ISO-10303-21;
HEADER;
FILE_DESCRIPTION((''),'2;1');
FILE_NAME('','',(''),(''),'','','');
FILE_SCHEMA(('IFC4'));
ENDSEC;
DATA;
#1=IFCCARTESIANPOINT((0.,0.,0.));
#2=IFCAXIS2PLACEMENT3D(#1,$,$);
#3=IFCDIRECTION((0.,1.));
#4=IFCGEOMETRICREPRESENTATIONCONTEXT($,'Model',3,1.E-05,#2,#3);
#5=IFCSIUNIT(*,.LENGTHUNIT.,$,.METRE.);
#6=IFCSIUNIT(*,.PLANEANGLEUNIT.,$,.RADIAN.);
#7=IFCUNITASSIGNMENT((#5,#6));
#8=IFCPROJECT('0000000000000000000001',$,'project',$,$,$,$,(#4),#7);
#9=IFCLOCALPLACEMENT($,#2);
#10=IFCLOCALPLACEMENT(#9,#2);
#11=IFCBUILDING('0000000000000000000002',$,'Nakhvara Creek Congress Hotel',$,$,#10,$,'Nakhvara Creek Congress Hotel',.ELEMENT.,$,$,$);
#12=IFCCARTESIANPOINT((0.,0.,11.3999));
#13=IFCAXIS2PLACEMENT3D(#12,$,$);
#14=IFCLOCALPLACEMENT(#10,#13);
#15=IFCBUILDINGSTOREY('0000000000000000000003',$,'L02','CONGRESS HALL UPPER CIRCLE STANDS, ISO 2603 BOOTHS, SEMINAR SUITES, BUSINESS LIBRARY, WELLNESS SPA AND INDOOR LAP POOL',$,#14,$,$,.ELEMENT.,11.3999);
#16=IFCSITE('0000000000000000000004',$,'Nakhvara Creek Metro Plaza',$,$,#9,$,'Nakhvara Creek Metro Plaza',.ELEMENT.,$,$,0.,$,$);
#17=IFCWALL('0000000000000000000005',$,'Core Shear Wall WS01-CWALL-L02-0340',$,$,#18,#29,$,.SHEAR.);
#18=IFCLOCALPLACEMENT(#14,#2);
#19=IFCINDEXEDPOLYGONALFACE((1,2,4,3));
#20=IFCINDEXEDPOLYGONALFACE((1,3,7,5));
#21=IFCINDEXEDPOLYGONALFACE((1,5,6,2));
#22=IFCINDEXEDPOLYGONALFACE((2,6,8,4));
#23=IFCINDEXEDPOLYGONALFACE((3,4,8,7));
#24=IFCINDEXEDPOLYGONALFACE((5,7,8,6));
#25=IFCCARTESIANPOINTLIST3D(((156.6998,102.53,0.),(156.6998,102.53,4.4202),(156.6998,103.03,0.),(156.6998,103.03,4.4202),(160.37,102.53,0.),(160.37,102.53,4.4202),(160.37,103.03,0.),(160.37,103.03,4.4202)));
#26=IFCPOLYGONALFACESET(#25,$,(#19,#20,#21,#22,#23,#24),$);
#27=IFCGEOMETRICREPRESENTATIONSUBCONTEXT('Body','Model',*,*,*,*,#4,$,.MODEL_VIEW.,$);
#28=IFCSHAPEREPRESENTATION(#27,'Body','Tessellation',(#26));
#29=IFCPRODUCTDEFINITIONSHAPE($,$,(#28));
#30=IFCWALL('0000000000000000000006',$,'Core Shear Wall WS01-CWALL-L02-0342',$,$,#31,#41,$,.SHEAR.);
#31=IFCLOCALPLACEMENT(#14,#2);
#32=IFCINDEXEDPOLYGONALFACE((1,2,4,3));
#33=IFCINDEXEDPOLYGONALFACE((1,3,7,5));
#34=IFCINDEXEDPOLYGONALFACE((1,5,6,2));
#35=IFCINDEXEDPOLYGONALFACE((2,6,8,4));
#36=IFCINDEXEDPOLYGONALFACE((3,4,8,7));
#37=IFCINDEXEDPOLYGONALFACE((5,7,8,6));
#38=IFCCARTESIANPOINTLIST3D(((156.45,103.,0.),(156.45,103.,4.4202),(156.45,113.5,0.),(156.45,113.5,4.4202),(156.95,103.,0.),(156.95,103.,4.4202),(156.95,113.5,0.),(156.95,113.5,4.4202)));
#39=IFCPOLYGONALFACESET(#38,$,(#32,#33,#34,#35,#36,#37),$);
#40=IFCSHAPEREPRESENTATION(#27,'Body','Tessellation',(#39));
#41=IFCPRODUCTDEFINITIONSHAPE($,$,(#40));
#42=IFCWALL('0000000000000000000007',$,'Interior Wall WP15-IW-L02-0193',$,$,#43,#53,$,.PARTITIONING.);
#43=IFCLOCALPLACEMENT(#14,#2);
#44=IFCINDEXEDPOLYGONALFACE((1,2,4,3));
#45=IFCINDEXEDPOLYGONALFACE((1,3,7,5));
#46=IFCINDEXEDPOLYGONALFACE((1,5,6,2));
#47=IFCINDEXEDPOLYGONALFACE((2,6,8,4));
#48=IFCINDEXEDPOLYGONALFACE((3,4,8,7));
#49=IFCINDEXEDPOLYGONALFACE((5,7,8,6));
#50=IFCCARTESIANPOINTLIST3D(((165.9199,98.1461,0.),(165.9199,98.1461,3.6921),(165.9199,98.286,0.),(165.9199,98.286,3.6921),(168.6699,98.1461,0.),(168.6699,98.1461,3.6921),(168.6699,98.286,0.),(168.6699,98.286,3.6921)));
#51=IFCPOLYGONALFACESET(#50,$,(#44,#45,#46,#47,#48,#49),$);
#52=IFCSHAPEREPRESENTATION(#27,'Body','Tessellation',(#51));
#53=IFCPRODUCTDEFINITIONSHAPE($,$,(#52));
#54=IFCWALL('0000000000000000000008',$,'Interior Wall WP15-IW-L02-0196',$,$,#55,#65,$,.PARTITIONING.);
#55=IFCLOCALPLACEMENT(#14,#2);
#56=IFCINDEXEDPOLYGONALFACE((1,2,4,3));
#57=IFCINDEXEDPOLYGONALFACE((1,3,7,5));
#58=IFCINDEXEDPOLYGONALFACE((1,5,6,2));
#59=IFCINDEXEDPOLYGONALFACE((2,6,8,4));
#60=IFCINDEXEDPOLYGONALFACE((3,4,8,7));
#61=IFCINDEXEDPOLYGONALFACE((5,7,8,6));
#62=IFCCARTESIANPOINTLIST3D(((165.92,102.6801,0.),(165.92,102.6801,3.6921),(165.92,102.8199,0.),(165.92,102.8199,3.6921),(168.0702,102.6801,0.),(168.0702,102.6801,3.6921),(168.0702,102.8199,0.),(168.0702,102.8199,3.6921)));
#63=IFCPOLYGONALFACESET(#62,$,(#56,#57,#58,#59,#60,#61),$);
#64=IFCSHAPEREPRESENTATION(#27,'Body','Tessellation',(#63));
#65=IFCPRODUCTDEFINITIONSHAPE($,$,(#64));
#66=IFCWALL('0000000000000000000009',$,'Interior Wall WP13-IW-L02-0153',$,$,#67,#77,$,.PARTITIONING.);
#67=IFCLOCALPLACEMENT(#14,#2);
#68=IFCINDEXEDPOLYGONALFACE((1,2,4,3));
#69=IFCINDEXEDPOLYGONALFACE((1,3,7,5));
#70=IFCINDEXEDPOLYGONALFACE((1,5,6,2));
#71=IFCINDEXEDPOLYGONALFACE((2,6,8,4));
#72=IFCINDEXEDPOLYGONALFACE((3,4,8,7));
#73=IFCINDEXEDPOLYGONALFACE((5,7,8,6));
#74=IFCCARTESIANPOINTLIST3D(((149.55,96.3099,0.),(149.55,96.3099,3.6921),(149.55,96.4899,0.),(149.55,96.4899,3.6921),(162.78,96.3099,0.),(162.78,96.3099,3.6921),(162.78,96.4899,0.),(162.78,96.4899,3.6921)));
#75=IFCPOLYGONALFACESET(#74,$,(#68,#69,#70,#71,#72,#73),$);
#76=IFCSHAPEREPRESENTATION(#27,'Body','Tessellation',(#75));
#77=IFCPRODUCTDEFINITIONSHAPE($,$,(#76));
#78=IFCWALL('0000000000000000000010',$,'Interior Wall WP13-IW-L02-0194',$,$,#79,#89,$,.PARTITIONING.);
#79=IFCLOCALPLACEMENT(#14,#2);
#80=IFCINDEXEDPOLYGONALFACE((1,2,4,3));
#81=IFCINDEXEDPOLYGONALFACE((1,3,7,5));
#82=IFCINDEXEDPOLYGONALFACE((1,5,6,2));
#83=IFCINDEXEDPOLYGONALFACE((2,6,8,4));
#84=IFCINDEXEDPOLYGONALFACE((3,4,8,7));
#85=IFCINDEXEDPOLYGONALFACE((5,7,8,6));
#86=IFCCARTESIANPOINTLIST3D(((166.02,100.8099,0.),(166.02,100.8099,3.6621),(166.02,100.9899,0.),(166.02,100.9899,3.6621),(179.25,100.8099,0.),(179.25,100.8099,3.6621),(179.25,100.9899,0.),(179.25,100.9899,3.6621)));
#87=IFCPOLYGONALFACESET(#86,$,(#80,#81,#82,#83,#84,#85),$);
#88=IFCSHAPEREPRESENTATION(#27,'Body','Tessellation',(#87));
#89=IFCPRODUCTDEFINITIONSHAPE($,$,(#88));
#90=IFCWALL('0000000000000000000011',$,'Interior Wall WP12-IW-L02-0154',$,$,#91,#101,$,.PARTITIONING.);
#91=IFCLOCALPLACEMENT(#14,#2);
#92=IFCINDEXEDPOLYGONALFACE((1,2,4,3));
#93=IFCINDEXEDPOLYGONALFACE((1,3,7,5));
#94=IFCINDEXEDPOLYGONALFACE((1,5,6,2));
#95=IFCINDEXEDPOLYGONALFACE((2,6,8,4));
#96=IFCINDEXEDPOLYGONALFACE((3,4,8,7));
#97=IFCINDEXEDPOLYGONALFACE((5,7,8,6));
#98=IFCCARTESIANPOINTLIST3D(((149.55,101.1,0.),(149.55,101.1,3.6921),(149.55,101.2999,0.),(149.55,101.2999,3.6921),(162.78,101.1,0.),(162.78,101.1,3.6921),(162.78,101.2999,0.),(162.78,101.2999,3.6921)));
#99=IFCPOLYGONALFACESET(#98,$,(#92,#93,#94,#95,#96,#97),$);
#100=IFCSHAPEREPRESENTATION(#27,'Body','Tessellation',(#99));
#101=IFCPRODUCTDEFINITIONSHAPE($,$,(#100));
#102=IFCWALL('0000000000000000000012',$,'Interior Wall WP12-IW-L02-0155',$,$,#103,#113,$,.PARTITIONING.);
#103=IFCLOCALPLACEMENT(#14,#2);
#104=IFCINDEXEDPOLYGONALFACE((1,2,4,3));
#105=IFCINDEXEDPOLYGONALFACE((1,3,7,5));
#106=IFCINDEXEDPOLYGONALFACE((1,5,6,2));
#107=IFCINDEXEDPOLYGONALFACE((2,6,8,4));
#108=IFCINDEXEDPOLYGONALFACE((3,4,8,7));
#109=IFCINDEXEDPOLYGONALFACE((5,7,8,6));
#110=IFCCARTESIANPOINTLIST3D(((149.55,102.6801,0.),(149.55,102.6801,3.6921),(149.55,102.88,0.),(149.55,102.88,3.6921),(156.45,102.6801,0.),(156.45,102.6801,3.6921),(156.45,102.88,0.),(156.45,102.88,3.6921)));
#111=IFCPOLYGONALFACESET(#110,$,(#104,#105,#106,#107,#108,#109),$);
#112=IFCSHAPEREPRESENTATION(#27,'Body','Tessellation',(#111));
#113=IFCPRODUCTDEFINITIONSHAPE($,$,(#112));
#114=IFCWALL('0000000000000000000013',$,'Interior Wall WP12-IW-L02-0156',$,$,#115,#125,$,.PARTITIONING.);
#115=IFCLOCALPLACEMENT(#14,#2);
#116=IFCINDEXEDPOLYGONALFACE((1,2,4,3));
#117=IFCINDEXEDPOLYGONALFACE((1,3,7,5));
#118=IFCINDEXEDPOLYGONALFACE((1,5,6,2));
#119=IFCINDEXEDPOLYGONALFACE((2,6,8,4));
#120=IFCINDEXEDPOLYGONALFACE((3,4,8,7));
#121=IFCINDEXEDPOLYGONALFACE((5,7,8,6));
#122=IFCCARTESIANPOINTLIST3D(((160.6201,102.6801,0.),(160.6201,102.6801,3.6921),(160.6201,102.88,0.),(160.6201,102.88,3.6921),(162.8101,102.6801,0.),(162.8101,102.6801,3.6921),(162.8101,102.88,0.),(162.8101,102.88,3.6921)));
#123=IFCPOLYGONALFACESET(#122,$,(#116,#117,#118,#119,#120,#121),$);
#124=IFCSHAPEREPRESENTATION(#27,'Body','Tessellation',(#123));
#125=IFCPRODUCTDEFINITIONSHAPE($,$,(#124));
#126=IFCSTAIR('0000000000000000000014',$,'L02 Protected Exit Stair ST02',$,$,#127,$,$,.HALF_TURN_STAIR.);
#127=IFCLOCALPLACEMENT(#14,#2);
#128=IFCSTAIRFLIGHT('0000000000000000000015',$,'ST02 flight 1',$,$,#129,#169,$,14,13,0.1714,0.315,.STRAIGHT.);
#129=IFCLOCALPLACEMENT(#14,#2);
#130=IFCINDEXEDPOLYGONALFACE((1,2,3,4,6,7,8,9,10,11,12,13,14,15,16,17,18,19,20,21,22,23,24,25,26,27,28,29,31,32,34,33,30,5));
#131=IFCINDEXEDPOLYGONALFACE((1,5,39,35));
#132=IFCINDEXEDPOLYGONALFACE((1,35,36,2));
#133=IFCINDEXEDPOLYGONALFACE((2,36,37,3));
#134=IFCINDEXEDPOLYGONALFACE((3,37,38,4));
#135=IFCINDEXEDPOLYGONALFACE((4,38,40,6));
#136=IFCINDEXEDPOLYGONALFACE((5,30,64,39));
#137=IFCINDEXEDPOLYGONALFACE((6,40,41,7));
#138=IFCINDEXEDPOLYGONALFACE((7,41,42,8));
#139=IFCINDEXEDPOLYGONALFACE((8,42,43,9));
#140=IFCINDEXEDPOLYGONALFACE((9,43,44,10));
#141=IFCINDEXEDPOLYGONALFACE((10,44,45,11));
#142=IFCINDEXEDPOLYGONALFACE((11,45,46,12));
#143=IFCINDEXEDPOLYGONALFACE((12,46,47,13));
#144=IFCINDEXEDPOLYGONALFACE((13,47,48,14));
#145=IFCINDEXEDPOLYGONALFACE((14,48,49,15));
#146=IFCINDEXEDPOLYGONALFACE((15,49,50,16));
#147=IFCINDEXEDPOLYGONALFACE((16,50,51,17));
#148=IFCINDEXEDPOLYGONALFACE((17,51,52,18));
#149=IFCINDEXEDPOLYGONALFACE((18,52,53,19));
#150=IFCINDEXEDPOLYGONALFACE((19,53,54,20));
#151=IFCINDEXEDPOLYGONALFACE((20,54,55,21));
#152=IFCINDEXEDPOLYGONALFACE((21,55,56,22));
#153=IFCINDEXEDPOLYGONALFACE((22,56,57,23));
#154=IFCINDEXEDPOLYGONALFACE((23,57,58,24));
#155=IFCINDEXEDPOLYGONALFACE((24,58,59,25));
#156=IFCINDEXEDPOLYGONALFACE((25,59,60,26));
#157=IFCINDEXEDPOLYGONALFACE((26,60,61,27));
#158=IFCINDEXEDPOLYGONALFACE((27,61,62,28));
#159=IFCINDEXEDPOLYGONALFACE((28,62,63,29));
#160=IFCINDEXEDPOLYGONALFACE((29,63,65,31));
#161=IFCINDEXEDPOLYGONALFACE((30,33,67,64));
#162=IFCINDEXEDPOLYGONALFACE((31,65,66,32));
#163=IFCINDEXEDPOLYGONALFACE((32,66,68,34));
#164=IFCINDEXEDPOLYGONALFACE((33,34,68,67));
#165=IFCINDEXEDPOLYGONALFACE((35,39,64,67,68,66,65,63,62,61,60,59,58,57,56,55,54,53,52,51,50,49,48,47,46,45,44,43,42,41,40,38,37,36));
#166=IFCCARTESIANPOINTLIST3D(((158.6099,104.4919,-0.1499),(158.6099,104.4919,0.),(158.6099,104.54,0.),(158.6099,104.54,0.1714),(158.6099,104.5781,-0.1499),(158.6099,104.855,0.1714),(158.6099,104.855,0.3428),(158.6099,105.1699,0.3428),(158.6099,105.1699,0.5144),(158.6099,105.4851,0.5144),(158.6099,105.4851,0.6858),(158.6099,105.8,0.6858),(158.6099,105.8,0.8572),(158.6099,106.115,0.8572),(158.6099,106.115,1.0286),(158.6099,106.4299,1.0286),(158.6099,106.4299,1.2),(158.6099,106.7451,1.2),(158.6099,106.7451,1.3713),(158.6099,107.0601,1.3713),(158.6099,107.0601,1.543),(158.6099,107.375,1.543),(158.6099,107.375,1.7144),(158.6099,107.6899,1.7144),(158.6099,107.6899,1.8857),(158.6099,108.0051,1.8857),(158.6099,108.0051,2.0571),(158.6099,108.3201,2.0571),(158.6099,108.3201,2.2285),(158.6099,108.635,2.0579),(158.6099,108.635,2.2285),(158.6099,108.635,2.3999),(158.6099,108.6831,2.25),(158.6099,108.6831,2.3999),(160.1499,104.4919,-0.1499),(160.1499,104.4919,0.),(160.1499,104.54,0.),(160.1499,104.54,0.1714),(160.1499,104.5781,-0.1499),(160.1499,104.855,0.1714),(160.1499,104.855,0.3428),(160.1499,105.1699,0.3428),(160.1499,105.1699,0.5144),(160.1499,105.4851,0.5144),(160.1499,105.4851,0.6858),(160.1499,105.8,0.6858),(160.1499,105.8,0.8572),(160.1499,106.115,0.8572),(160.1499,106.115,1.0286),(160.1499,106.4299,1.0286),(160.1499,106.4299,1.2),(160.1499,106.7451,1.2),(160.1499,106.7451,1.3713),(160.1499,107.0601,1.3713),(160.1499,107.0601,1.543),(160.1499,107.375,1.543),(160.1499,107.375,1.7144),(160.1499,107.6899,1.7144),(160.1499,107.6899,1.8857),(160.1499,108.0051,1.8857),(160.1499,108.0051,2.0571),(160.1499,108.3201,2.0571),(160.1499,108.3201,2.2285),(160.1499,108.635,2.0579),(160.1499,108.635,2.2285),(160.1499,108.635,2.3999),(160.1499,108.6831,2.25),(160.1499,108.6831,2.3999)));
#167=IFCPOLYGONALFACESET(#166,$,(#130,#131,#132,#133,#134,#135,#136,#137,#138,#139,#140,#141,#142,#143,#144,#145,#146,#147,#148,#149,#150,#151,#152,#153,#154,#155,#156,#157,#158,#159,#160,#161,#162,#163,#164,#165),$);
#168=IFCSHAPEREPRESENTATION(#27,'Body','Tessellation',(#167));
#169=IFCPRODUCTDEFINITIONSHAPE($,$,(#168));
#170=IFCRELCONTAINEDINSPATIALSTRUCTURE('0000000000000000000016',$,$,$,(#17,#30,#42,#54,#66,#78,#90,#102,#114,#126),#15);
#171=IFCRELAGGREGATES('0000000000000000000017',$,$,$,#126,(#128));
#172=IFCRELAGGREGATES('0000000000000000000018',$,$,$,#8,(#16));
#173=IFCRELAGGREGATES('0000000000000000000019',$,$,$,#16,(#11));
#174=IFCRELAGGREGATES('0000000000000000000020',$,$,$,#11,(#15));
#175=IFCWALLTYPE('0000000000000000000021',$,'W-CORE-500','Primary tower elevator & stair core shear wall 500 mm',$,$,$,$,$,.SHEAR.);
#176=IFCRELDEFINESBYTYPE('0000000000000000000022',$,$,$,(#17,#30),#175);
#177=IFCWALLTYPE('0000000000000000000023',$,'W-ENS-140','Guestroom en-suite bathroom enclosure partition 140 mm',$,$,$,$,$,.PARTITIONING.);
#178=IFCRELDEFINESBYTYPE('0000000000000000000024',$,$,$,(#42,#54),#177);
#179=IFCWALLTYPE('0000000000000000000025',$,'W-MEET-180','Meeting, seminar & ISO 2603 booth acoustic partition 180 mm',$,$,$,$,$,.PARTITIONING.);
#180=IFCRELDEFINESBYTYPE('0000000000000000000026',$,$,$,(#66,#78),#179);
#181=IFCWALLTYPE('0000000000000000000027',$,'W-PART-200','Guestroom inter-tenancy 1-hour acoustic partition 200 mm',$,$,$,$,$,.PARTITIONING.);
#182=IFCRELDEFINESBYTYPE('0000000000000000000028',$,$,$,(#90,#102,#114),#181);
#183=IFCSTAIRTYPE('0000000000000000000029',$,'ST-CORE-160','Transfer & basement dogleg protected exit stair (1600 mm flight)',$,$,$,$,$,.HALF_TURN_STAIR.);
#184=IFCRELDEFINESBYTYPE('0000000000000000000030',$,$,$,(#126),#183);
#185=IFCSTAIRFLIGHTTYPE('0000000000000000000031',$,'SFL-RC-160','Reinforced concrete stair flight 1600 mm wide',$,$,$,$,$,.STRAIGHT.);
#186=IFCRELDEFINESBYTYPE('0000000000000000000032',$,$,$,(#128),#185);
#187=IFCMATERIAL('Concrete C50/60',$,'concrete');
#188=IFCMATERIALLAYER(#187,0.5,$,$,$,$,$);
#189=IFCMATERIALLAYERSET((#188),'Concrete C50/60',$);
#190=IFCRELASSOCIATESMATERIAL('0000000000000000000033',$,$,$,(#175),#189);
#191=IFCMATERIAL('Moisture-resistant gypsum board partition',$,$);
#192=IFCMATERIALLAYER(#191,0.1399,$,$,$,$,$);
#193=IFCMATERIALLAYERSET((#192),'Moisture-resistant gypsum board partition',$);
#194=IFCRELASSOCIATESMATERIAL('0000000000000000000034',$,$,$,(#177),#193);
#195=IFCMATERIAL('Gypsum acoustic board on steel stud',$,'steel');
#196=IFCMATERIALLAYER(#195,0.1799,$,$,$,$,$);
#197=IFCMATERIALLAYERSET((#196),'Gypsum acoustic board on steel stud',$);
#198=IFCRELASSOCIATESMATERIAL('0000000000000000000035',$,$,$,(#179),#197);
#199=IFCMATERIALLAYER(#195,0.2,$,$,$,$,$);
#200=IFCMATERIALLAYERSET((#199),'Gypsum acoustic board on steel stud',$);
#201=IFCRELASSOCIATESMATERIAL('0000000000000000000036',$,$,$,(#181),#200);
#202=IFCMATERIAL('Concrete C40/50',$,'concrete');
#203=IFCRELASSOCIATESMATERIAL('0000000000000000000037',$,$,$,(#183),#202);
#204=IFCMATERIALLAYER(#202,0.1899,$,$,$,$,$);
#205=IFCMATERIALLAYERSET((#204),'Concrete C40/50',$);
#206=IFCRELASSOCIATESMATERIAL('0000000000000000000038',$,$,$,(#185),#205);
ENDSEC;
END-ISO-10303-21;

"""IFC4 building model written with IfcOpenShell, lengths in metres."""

from ifc_helpers import new_model, si_unit, direction, frame, frame_2d, origin, place, context, subcontext, project, spatial, polyline, rectangle, outline, extrude, material, layer, layer_set, type_object, element, aggregate, save


model = new_model("IFC4")

# Units and contexts
model_context = context("Model", 3, precision=1e-05, world=origin(), true_north=direction((0.0, 1.0)))
body_context = subcontext(model_context, "Body", "Model", "MODEL_VIEW")
ifc_project = project(units=[si_unit("LENGTHUNIT", "METRE"), si_unit("PLANEANGLEUNIT", "RADIAN")], contexts=[model_context])

# Site, building, storey
site_placement = place(None, origin())
site = spatial("IfcSite", under=ifc_project, at=site_placement, Name="Nakhvara Creek Metro Plaza", LongName="Nakhvara Creek Metro Plaza", CompositionType="ELEMENT", RefElevation=0.0)
building_placement = place(site_placement, origin())
building = spatial("IfcBuilding", under=site, at=building_placement, Name="Nakhvara Creek Congress Hotel", LongName="Nakhvara Creek Congress Hotel", CompositionType="ELEMENT")
storey_placement = place(building_placement, frame((0.0, 0.0, 11.3999)))
storey = spatial("IfcBuildingStorey", under=building, at=storey_placement, Name="L02", Description="CONGRESS HALL UPPER CIRCLE STANDS, ISO 2603 BOOTHS, SEMINAR SUITES, BUSINESS LIBRARY, WELLNESS SPA AND INDOOR LAP POOL", CompositionType="ELEMENT", Elevation=11.3999)

# Walls
ifc_material_1 = material(Name="Concrete C50/60", Category="concrete")
ifc_layer_1 = layer(ifc_material_1, 0.5)
ifc_layer_set_1 = layer_set([ifc_layer_1], Name="Concrete C50/60")
wall_type_1 = type_object("IfcWallType", Name="W-CORE-500", Description="Primary tower elevator & stair core shear wall 500 mm", PredefinedType="SHEAR", material=ifc_layer_set_1)
wall_1_placement = place(storey_placement, frame((156.7, 102.78, 0.0), z_axis=(0.0, 0.0, 1.0), x_axis=(1.0, 0.0, 0.0)))
element("IfcWall", 1, at=wall_1_placement, inside=storey, type_object=wall_type_1, Name="Core Shear Wall WS01-CWALL-L02-0340", PredefinedType="SHEAR", context=body_context, shape_type="SweptSolid", body=[
    extrude(rectangle(XDim=3.6702, YDim=0.5, at=frame_2d((1.835, 0.0))), origin(), (0.0, 0.0, 1.0), 4.4202),
])
wall_2_placement = place(storey_placement, frame((156.7, 103.0, 0.0), z_axis=(0.0, 0.0, 1.0), x_axis=(0.0, 1.0, 0.0)))
element("IfcWall", 2, at=wall_2_placement, inside=storey, type_object=wall_type_1, Name="Core Shear Wall WS01-CWALL-L02-0342", PredefinedType="SHEAR", context=body_context, shape_type="SweptSolid", body=[
    extrude(rectangle(XDim=10.5, YDim=0.5, at=frame_2d((5.25, 0.0))), origin(), (0.0, 0.0, 1.0), 4.4202),
])

# Walls
ifc_material_2 = material(Name="Moisture-resistant gypsum board partition")
ifc_layer_2 = layer(ifc_material_2, 0.1399)
ifc_layer_set_2 = layer_set([ifc_layer_2], Name="Moisture-resistant gypsum board partition")
wall_type_2 = type_object("IfcWallType", Name="W-ENS-140", Description="Guestroom en-suite bathroom enclosure partition 140 mm", PredefinedType="PARTITIONING", material=ifc_layer_set_2)
wall_3_placement = place(storey_placement, frame((165.9199, 98.2161, 0.0), z_axis=(0.0, 0.0, 1.0), x_axis=(1.0, 0.0, 0.0)))
element("IfcWall", 3, at=wall_3_placement, inside=storey, type_object=wall_type_2, Name="Interior Wall WP15-IW-L02-0193", PredefinedType="PARTITIONING", context=body_context, shape_type="SweptSolid", body=[
    extrude(rectangle(XDim=2.75, YDim=0.1399, at=frame_2d((1.375, 0.0))), origin(), (0.0, 0.0, 1.0), 3.6921),
])
wall_4_placement = place(storey_placement, frame((165.9199, 102.75, 0.0), z_axis=(0.0, 0.0, 1.0), x_axis=(1.0, 0.0, 0.0)))
element("IfcWall", 4, at=wall_4_placement, inside=storey, type_object=wall_type_2, Name="Interior Wall WP15-IW-L02-0196", PredefinedType="PARTITIONING", context=body_context, shape_type="SweptSolid", body=[
    extrude(rectangle(XDim=2.1501, YDim=0.1399, at=frame_2d((1.0752, 0.0))), origin(), (0.0, 0.0, 1.0), 3.6921),
])
ifc_material_3 = material(Name="Gypsum acoustic board on steel stud", Category="steel")
ifc_layer_3 = layer(ifc_material_3, 0.1799)
ifc_layer_set_3 = layer_set([ifc_layer_3], Name="Gypsum acoustic board on steel stud")
wall_type_3 = type_object("IfcWallType", Name="W-MEET-180", Description="Meeting, seminar & ISO 2603 booth acoustic partition 180 mm", PredefinedType="PARTITIONING", material=ifc_layer_set_3)
wall_5_placement = place(storey_placement, frame((149.55, 96.3999, 0.0), z_axis=(0.0, 0.0, 1.0), x_axis=(1.0, 0.0, 0.0)))
element("IfcWall", 5, at=wall_5_placement, inside=storey, type_object=wall_type_3, Name="Interior Wall WP13-IW-L02-0153", PredefinedType="PARTITIONING", context=body_context, shape_type="SweptSolid", body=[
    extrude(rectangle(XDim=13.23, YDim=0.1799, at=frame_2d((6.615, 0.0))), origin(), (0.0, 0.0, 1.0), 3.6921),
])
wall_6_placement = place(storey_placement, frame((166.02, 100.8999, 0.0), z_axis=(0.0, 0.0, 1.0), x_axis=(1.0, 0.0, 0.0)))
element("IfcWall", 6, at=wall_6_placement, inside=storey, type_object=wall_type_3, Name="Interior Wall WP13-IW-L02-0194", PredefinedType="PARTITIONING", context=body_context, shape_type="SweptSolid", body=[
    extrude(rectangle(XDim=13.23, YDim=0.1799, at=frame_2d((6.615, 0.0))), origin(), (0.0, 0.0, 1.0), 3.6621),
])
ifc_layer_4 = layer(ifc_material_3, 0.2)
ifc_layer_set_4 = layer_set([ifc_layer_4], Name="Gypsum acoustic board on steel stud")
wall_type_4 = type_object("IfcWallType", Name="W-PART-200", Description="Guestroom inter-tenancy 1-hour acoustic partition 200 mm", PredefinedType="PARTITIONING", material=ifc_layer_set_4)
wall_7_placement = place(storey_placement, frame((149.55, 101.2, 0.0), z_axis=(0.0, 0.0, 1.0), x_axis=(1.0, 0.0, 0.0)))
element("IfcWall", 7, at=wall_7_placement, inside=storey, type_object=wall_type_4, Name="Interior Wall WP12-IW-L02-0154", PredefinedType="PARTITIONING", context=body_context, shape_type="SweptSolid", body=[
    extrude(rectangle(XDim=13.23, YDim=0.2, at=frame_2d((6.615, 0.0))), origin(), (0.0, 0.0, 1.0), 3.6921),
])
wall_8_placement = place(storey_placement, frame((149.55, 102.78, 0.0), z_axis=(0.0, 0.0, 1.0), x_axis=(1.0, 0.0, 0.0)))
element("IfcWall", 8, at=wall_8_placement, inside=storey, type_object=wall_type_4, Name="Interior Wall WP12-IW-L02-0155", PredefinedType="PARTITIONING", context=body_context, shape_type="SweptSolid", body=[
    extrude(rectangle(XDim=6.8999, YDim=0.2, at=frame_2d((3.45, 0.0))), origin(), (0.0, 0.0, 1.0), 3.6921),
])
wall_9_placement = place(storey_placement, frame((160.6201, 102.78, 0.0), z_axis=(0.0, 0.0, 1.0), x_axis=(1.0, 0.0, 0.0)))
element("IfcWall", 9, at=wall_9_placement, inside=storey, type_object=wall_type_4, Name="Interior Wall WP12-IW-L02-0156", PredefinedType="PARTITIONING", context=body_context, shape_type="SweptSolid", body=[
    extrude(rectangle(XDim=2.1899, YDim=0.2, at=frame_2d((1.095, 0.0))), origin(), (0.0, 0.0, 1.0), 3.6921),
])

# Stair, stair flight
ifc_material_4 = material(Name="Concrete C40/50", Category="concrete")
stair_type = type_object("IfcStairType", Name="ST-CORE-160", Description="Transfer & basement dogleg protected exit stair (1600 mm flight)", PredefinedType="HALF_TURN_STAIR", material=ifc_material_4)
stair_placement = place(storey_placement, origin())
stair = element("IfcStair", 10, at=stair_placement, inside=storey, type_object=stair_type, Name="L02 Protected Exit Stair ST02", PredefinedType="HALF_TURN_STAIR")
ifc_layer_5 = layer(ifc_material_4, 0.1899)
ifc_layer_set_5 = layer_set([ifc_layer_5], Name="Concrete C40/50")
stair_flight_type = type_object("IfcStairFlightType", Name="SFL-RC-160", Description="Reinforced concrete stair flight 1600 mm wide", PredefinedType="STRAIGHT", material=ifc_layer_set_5)
stair_flight_placement = place(storey_placement, frame((159.3799, 104.54, 0.0), z_axis=(0.0, 0.0, 1.0), x_axis=(0.0, 1.0, 0.0)))
stair_flight = element("IfcStairFlight", 11, at=stair_flight_placement, type_object=stair_flight_type, Name="ST02 flight 1", NumberOfRisers=14, NumberOfTreads=13, PredefinedType="STRAIGHT", RiserHeight=0.1714, TreadLength=0.315, context=body_context, shape_type="SweptSolid", body=[
    extrude(outline(polyline([(-0.0481, 0.0), (0.0, 0.0), (0.0, 0.1714), (0.3149, 0.1714), (0.3149, 0.3428), (0.6299, 0.3428), (0.6299, 0.5144), (0.9451, 0.5144), (0.9451, 0.6858), (1.26, 0.6858), (1.26, 0.8572), (1.575, 0.8572), (1.575, 1.0286), (1.8899, 1.0286), (1.8899, 1.2), (2.2051, 1.2), (2.2051, 1.3713), (2.52, 1.3713), (2.52, 1.543), (2.835, 1.543), (2.835, 1.7144), (3.1499, 1.7144), (3.1499, 1.8857), (3.4651, 1.8857), (3.4651, 2.0571), (3.78, 2.0571), (3.78, 2.2285), (4.095, 2.2285), (4.095, 2.3999), (4.1431, 2.3999), (4.1431, 2.25), (4.095, 2.0579), (0.0381, -0.1499), (-0.0481, -0.1499), (-0.0481, 0.0)])), frame((0.0, 0.77, 0.0), z_axis=(0.0, -1.0, 0.0), x_axis=(1.0, 0.0, 0.0)), (0.0, 0.0, 1.0), 1.54),
])
aggregate(stair, [stair_flight])

save(model, "model.ifc")
